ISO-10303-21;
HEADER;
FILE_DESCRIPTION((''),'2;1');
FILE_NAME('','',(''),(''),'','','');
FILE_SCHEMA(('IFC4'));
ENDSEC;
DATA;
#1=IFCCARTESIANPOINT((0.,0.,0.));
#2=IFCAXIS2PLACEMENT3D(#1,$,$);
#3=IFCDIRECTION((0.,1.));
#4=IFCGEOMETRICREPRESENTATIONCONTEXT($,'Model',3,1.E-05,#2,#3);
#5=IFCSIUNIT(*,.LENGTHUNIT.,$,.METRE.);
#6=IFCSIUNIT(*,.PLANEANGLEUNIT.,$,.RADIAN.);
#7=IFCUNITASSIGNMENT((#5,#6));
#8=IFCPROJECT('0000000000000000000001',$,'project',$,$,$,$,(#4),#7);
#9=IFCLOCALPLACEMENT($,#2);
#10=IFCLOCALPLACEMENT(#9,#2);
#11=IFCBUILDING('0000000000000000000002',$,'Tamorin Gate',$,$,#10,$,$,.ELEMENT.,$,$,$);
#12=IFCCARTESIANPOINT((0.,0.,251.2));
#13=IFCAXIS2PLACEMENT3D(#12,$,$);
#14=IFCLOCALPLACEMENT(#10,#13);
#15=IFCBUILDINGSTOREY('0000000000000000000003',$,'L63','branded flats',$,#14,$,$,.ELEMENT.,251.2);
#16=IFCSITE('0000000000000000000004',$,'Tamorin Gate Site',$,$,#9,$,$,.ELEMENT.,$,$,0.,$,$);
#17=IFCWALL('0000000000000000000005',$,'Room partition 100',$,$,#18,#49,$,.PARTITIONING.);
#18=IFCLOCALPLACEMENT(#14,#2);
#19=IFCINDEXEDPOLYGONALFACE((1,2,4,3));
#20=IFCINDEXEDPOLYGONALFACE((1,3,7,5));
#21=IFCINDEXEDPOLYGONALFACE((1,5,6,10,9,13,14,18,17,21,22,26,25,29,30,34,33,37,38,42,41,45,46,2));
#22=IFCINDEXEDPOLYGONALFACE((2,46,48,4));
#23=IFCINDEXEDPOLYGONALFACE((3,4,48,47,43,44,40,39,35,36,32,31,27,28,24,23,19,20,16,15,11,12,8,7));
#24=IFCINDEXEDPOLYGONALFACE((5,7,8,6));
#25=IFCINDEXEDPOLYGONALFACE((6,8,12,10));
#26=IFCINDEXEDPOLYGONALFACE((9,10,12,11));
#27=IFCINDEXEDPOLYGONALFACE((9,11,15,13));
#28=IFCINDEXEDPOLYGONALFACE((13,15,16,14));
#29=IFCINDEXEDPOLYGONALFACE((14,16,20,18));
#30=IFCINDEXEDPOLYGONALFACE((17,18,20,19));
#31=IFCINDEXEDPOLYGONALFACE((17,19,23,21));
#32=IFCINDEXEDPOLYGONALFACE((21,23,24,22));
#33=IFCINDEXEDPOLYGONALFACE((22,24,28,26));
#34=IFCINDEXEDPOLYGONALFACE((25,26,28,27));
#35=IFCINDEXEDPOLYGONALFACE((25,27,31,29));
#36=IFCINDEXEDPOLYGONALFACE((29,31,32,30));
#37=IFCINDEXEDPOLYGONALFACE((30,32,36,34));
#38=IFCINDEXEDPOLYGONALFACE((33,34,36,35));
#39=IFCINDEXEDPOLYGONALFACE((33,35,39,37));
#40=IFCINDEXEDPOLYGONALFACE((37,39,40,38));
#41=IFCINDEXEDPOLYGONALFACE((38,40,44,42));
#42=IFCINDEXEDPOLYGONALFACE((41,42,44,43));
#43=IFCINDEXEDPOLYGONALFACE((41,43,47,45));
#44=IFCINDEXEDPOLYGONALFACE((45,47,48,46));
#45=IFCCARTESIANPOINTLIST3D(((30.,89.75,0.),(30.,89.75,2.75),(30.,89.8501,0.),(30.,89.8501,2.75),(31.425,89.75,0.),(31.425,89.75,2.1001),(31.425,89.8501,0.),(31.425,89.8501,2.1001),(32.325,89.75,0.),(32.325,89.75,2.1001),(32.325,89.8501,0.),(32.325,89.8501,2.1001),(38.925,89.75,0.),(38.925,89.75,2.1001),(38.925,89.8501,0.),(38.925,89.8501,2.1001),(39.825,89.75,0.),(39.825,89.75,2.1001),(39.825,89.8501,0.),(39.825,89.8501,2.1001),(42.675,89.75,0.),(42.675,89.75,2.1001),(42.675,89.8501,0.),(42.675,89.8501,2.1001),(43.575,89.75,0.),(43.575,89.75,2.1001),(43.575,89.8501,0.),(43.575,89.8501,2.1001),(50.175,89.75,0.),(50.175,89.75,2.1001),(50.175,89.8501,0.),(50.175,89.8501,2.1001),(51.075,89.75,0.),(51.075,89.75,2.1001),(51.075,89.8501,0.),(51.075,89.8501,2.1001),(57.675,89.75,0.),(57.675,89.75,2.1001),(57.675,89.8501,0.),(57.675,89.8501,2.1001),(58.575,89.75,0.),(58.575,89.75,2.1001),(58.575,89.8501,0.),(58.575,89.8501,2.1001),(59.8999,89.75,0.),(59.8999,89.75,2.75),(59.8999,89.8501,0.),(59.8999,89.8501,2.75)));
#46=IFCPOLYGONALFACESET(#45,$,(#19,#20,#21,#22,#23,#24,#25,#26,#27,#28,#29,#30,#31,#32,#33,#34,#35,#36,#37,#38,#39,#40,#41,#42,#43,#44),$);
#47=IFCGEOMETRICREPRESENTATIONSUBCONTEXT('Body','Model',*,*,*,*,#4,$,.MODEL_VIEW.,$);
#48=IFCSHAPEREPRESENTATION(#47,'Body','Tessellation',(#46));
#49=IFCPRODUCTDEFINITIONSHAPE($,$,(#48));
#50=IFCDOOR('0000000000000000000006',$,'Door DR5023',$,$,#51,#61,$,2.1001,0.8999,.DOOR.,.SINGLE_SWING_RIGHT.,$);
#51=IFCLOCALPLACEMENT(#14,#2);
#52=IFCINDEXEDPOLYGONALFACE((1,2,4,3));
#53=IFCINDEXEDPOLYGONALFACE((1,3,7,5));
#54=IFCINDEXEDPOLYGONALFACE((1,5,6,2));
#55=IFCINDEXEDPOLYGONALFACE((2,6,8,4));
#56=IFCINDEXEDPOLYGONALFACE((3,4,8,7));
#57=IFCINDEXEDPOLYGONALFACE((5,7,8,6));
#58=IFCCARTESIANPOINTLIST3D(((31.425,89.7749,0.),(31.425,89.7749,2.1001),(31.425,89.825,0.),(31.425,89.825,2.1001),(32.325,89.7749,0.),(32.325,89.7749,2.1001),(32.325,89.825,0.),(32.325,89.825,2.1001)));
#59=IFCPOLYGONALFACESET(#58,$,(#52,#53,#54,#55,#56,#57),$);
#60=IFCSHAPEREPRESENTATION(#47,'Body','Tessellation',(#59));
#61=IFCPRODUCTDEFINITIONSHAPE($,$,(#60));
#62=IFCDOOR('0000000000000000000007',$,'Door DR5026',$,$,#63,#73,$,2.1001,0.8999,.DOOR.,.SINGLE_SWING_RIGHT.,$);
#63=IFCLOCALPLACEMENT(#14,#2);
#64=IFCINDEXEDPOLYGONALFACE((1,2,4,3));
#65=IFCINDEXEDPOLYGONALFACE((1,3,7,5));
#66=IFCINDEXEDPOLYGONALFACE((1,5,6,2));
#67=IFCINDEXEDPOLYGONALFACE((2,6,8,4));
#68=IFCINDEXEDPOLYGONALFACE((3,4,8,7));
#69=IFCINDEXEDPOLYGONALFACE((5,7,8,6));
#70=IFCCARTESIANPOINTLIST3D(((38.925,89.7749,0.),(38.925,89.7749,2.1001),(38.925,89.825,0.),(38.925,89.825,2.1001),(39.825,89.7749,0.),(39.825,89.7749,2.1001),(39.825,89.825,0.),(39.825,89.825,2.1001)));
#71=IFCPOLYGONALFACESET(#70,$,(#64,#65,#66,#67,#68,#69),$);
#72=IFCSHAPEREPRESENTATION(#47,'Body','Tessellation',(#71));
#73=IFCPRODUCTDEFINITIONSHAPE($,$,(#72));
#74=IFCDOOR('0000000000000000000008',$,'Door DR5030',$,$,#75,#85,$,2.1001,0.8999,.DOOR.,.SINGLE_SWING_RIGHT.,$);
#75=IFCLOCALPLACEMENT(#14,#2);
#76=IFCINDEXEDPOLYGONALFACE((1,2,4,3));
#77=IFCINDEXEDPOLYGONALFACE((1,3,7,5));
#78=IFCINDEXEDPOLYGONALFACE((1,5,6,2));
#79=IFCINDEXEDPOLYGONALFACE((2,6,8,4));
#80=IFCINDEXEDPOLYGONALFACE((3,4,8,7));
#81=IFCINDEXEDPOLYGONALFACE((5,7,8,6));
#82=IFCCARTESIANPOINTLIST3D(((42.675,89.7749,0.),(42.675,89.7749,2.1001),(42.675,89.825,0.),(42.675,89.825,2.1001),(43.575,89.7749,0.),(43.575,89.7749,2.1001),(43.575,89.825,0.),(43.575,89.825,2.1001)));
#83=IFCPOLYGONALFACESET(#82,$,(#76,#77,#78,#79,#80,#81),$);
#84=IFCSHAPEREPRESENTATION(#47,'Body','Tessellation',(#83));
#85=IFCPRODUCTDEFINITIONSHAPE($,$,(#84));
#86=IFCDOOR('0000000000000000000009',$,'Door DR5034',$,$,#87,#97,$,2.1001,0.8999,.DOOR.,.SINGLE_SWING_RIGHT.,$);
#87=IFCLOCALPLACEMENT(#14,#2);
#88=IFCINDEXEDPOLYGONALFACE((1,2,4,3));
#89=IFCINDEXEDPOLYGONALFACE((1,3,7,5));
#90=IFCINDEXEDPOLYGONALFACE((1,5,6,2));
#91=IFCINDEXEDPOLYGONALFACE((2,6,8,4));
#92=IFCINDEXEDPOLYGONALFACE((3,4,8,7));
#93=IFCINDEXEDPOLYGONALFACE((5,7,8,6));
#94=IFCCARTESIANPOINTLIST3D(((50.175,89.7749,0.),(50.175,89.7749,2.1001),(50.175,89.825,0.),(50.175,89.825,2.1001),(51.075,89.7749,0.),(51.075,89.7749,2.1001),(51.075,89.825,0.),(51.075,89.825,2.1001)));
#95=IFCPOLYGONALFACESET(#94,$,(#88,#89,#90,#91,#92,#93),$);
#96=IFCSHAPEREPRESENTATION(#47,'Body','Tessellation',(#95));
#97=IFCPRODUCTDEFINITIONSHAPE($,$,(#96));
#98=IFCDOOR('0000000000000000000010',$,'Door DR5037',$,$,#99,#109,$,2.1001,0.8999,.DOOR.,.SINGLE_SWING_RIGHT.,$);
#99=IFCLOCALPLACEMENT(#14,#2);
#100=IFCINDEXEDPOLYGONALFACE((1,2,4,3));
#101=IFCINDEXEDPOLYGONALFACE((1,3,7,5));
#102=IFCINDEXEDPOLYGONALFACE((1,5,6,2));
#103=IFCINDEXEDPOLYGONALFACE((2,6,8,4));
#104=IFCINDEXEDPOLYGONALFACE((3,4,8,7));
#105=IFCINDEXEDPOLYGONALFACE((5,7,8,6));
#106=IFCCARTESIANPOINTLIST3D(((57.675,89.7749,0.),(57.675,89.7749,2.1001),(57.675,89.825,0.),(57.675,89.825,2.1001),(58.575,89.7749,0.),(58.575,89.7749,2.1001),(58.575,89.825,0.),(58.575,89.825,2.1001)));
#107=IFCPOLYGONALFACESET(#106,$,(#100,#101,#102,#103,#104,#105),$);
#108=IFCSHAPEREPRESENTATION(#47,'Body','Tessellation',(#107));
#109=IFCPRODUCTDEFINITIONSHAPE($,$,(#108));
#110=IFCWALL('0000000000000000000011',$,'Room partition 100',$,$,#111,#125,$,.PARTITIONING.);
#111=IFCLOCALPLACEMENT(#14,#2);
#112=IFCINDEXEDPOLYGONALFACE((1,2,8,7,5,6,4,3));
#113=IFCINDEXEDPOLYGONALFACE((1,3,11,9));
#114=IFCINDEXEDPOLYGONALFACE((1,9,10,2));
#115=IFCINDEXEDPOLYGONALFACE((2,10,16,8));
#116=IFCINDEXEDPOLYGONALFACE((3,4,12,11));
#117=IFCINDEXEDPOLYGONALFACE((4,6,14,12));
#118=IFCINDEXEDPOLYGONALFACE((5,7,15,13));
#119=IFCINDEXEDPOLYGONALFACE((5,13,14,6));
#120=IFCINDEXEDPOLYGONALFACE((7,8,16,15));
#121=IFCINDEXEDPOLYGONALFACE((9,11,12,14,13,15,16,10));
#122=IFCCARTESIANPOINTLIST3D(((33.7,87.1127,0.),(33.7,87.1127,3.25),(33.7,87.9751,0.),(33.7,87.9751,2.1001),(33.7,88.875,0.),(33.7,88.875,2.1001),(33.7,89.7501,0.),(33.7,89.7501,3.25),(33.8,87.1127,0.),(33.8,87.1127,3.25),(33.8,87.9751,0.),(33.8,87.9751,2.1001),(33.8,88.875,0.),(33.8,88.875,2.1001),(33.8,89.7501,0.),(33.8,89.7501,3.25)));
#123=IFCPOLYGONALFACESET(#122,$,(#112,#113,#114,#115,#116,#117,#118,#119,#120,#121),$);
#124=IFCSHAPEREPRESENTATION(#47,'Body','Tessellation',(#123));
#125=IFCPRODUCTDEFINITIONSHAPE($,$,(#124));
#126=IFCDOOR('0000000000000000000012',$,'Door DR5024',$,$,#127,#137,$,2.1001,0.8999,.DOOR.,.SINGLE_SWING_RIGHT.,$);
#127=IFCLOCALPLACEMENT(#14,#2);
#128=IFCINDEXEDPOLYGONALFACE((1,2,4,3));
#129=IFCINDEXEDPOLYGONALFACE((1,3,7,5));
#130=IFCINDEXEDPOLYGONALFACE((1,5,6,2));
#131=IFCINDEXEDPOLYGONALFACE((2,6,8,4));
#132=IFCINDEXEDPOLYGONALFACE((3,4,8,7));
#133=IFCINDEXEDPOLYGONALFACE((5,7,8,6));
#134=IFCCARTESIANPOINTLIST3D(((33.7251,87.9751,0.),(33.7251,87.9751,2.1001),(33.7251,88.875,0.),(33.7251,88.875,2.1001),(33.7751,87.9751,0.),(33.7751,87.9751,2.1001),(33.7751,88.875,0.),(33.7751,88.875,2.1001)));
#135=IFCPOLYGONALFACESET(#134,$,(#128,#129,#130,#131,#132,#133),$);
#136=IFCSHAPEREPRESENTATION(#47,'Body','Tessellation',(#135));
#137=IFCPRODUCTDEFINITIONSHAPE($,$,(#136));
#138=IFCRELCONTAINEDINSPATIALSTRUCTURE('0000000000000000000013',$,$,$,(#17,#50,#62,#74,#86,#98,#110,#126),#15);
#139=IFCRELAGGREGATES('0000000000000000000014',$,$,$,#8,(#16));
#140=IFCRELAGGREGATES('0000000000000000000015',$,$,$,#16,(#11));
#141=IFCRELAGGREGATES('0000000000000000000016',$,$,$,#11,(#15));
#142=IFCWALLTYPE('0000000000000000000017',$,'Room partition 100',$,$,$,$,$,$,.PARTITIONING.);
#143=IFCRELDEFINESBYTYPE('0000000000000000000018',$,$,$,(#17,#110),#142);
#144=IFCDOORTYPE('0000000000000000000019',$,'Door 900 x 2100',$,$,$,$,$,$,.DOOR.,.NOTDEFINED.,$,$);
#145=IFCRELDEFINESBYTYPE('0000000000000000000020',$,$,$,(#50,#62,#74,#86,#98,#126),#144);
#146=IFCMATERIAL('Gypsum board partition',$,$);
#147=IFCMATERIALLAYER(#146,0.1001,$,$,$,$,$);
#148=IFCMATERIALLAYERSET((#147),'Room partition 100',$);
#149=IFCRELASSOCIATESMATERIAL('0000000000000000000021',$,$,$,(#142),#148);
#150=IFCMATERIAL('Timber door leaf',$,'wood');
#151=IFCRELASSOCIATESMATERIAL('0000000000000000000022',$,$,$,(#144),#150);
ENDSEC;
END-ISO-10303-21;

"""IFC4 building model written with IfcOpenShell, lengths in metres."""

from ifc_helpers import new_model, si_unit, direction, frame, frame_2d, origin, place, context, subcontext, project, spatial, rectangle, extrude, material, layer, layer_set, type_object, element, fill, save


model = new_model("IFC4")

# Units and contexts
model_context = context("Model", 3, precision=1e-05, world=origin(), true_north=direction((0.0, 1.0)))
body_context = subcontext(model_context, "Body", "Model", "MODEL_VIEW")
ifc_project = project(units=[si_unit("LENGTHUNIT", "METRE"), si_unit("PLANEANGLEUNIT", "RADIAN")], contexts=[model_context])

# Site, building, storey
site_placement = place(None, origin())
site = spatial("IfcSite", under=ifc_project, at=site_placement, Name="Tamorin Gate Site", CompositionType="ELEMENT", RefElevation=0.0)
building_placement = place(site_placement, origin())
building = spatial("IfcBuilding", under=site, at=building_placement, Name="Tamorin Gate", CompositionType="ELEMENT")
storey_placement = place(building_placement, frame((0.0, 0.0, 251.2)))
storey = spatial("IfcBuildingStorey", under=building, at=storey_placement, Name="L63", Description="branded flats", CompositionType="ELEMENT", Elevation=251.2)

# Wall, openings, doors
ifc_material_1 = material(Name="Gypsum board partition")
ifc_layer_1 = layer(ifc_material_1, 0.1001)
ifc_layer_set_1 = layer_set([ifc_layer_1], Name="Room partition 100")
wall_type_1 = type_object("IfcWallType", Name="Room partition 100", PredefinedType="PARTITIONING", material=ifc_layer_set_1)
wall_1_placement = place(storey_placement, frame((30.0, 89.8, 0.0), z_axis=(0.0, 0.0, 1.0), x_axis=(1.0, 0.0, 0.0)))
wall_1 = element("IfcWall", 1, at=wall_1_placement, inside=storey, type_object=wall_type_1, Name="Room partition 100", PredefinedType="PARTITIONING", context=body_context, shape_type="SweptSolid", body=[
    extrude(rectangle(XDim=29.8999, YDim=0.1001, at=frame_2d((14.95, 0.0))), origin(), (0.0, 0.0, 1.0), 2.75),
])
opening_1_placement = place(wall_1_placement, frame((1.425, 0.0, 0.0)))
opening_1 = element("IfcOpeningElement", 2, at=opening_1_placement, cuts=wall_1, PredefinedType="OPENING", context=body_context, shape_type="SweptSolid", body=[
    extrude(rectangle(XDim=0.8999, YDim=2.1001, at=frame_2d((0.45, 1.05))), frame((0.0, 0.0601, 0.0), z_axis=(0.0, -1.0, 0.0), x_axis=(1.0, 0.0, 0.0)), (0.0, 0.0, 1.0), 0.1201),
])
opening_2_placement = place(wall_1_placement, frame((8.925, 0.0, 0.0)))
opening_2 = element("IfcOpeningElement", 3, at=opening_2_placement, cuts=wall_1, PredefinedType="OPENING", context=body_context, shape_type="SweptSolid", body=[
    extrude(rectangle(XDim=0.8999, YDim=2.1001, at=frame_2d((0.45, 1.05))), frame((0.0, 0.0601, 0.0), z_axis=(0.0, -1.0, 0.0), x_axis=(1.0, 0.0, 0.0)), (0.0, 0.0, 1.0), 0.1201),
])
opening_3_placement = place(wall_1_placement, frame((12.675, 0.0, 0.0)))
opening_3 = element("IfcOpeningElement", 4, at=opening_3_placement, cuts=wall_1, PredefinedType="OPENING", context=body_context, shape_type="SweptSolid", body=[
    extrude(rectangle(XDim=0.8999, YDim=2.1001, at=frame_2d((0.45, 1.05))), frame((0.0, 0.0601, 0.0), z_axis=(0.0, -1.0, 0.0), x_axis=(1.0, 0.0, 0.0)), (0.0, 0.0, 1.0), 0.1201),
])
opening_4_placement = place(wall_1_placement, frame((20.175, 0.0, 0.0)))
opening_4 = element("IfcOpeningElement", 5, at=opening_4_placement, cuts=wall_1, PredefinedType="OPENING", context=body_context, shape_type="SweptSolid", body=[
    extrude(rectangle(XDim=0.8999, YDim=2.1001, at=frame_2d((0.45, 1.05))), frame((0.0, 0.0601, 0.0), z_axis=(0.0, -1.0, 0.0), x_axis=(1.0, 0.0, 0.0)), (0.0, 0.0, 1.0), 0.1201),
])
opening_5_placement = place(wall_1_placement, frame((27.675, 0.0, 0.0)))
opening_5 = element("IfcOpeningElement", 6, at=opening_5_placement, cuts=wall_1, PredefinedType="OPENING", context=body_context, shape_type="SweptSolid", body=[
    extrude(rectangle(XDim=0.8999, YDim=2.1001, at=frame_2d((0.45, 1.05))), frame((0.0, 0.0601, 0.0), z_axis=(0.0, -1.0, 0.0), x_axis=(1.0, 0.0, 0.0)), (0.0, 0.0, 1.0), 0.1201),
])
ifc_material_2 = material(Name="Timber door leaf", Category="wood")
door_type = type_object("IfcDoorType", Name="Door 900 x 2100", OperationType="NOTDEFINED", PredefinedType="DOOR", material=ifc_material_2)
door_1_placement = place(opening_1_placement, origin())
door_1 = element("IfcDoor", 7, at=door_1_placement, inside=storey, type_object=door_type, Name="Door DR5023", OperationType="SINGLE_SWING_RIGHT", OverallHeight=2.1001, OverallWidth=0.8999, PredefinedType="DOOR", context=body_context, shape_type="SweptSolid", body=[
    extrude(rectangle(XDim=0.8999, YDim=2.1001, at=frame_2d((0.45, 1.05))), frame((0.0, 0.0249, 0.0), z_axis=(0.0, -1.0, 0.0), x_axis=(1.0, 0.0, 0.0)), (0.0, 0.0, 1.0), 0.05),
])
fill(opening_1, door_1)
door_2_placement = place(opening_2_placement, origin())
door_2 = element("IfcDoor", 8, at=door_2_placement, inside=storey, type_object=door_type, Name="Door DR5026", OperationType="SINGLE_SWING_RIGHT", OverallHeight=2.1001, OverallWidth=0.8999, PredefinedType="DOOR", context=body_context, shape_type="SweptSolid", body=[
    extrude(rectangle(XDim=0.8999, YDim=2.1001, at=frame_2d((0.45, 1.05))), frame((0.0, 0.0249, 0.0), z_axis=(0.0, -1.0, 0.0), x_axis=(1.0, 0.0, 0.0)), (0.0, 0.0, 1.0), 0.05),
])
fill(opening_2, door_2)
door_3_placement = place(opening_3_placement, origin())
door_3 = element("IfcDoor", 9, at=door_3_placement, inside=storey, type_object=door_type, Name="Door DR5030", OperationType="SINGLE_SWING_RIGHT", OverallHeight=2.1001, OverallWidth=0.8999, PredefinedType="DOOR", context=body_context, shape_type="SweptSolid", body=[
    extrude(rectangle(XDim=0.8999, YDim=2.1001, at=frame_2d((0.45, 1.05))), frame((0.0, 0.0249, 0.0), z_axis=(0.0, -1.0, 0.0), x_axis=(1.0, 0.0, 0.0)), (0.0, 0.0, 1.0), 0.05),
])
fill(opening_3, door_3)
door_4_placement = place(opening_4_placement, origin())
door_4 = element("IfcDoor", 10, at=door_4_placement, inside=storey, type_object=door_type, Name="Door DR5034", OperationType="SINGLE_SWING_RIGHT", OverallHeight=2.1001, OverallWidth=0.8999, PredefinedType="DOOR", context=body_context, shape_type="SweptSolid", body=[
    extrude(rectangle(XDim=0.8999, YDim=2.1001, at=frame_2d((0.45, 1.05))), frame((0.0, 0.0249, 0.0), z_axis=(0.0, -1.0, 0.0), x_axis=(1.0, 0.0, 0.0)), (0.0, 0.0, 1.0), 0.05),
])
fill(opening_4, door_4)
door_5_placement = place(opening_5_placement, origin())
door_5 = element("IfcDoor", 11, at=door_5_placement, inside=storey, type_object=door_type, Name="Door DR5037", OperationType="SINGLE_SWING_RIGHT", OverallHeight=2.1001, OverallWidth=0.8999, PredefinedType="DOOR", context=body_context, shape_type="SweptSolid", body=[
    extrude(rectangle(XDim=0.8999, YDim=2.1001, at=frame_2d((0.45, 1.05))), frame((0.0, 0.0249, 0.0), z_axis=(0.0, -1.0, 0.0), x_axis=(1.0, 0.0, 0.0)), (0.0, 0.0, 1.0), 0.05),
])
fill(opening_5, door_5)

# Wall, opening, door
wall_2_placement = place(storey_placement, frame((33.75, 87.1125, 0.0), z_axis=(0.0, 0.0, 1.0), x_axis=(0.0, 1.0, 0.0)))
wall_2 = element("IfcWall", 12, at=wall_2_placement, inside=storey, type_object=wall_type_1, Name="Room partition 100", PredefinedType="PARTITIONING", context=body_context, shape_type="SweptSolid", body=[
    extrude(rectangle(XDim=2.6375, YDim=0.1001, at=frame_2d((1.3188, 0.0))), origin(), (0.0, 0.0, 1.0), 3.25),
])
opening_6_placement = place(wall_2_placement, frame((0.8625, 0.0, 0.0)))
opening_6 = element("IfcOpeningElement", 13, at=opening_6_placement, cuts=wall_2, PredefinedType="OPENING", context=body_context, shape_type="SweptSolid", body=[
    extrude(rectangle(XDim=0.8999, YDim=2.1001, at=frame_2d((0.45, 1.05))), frame((0.0, 0.0601, 0.0), z_axis=(0.0, -1.0, 0.0), x_axis=(1.0, 0.0, 0.0)), (0.0, 0.0, 1.0), 0.1201),
])
door_6_placement = place(opening_6_placement, origin())
door_6 = element("IfcDoor", 14, at=door_6_placement, inside=storey, type_object=door_type, Name="Door DR5024", OperationType="SINGLE_SWING_RIGHT", OverallHeight=2.1001, OverallWidth=0.8999, PredefinedType="DOOR", context=body_context, shape_type="SweptSolid", body=[
    extrude(rectangle(XDim=0.8999, YDim=2.1001, at=frame_2d((0.45, 1.05))), frame((0.0, 0.0249, 0.0), z_axis=(0.0, -1.0, 0.0), x_axis=(1.0, 0.0, 0.0)), (0.0, 0.0, 1.0), 0.05),
])
fill(opening_6, door_6)

save(model, "model.ifc")
